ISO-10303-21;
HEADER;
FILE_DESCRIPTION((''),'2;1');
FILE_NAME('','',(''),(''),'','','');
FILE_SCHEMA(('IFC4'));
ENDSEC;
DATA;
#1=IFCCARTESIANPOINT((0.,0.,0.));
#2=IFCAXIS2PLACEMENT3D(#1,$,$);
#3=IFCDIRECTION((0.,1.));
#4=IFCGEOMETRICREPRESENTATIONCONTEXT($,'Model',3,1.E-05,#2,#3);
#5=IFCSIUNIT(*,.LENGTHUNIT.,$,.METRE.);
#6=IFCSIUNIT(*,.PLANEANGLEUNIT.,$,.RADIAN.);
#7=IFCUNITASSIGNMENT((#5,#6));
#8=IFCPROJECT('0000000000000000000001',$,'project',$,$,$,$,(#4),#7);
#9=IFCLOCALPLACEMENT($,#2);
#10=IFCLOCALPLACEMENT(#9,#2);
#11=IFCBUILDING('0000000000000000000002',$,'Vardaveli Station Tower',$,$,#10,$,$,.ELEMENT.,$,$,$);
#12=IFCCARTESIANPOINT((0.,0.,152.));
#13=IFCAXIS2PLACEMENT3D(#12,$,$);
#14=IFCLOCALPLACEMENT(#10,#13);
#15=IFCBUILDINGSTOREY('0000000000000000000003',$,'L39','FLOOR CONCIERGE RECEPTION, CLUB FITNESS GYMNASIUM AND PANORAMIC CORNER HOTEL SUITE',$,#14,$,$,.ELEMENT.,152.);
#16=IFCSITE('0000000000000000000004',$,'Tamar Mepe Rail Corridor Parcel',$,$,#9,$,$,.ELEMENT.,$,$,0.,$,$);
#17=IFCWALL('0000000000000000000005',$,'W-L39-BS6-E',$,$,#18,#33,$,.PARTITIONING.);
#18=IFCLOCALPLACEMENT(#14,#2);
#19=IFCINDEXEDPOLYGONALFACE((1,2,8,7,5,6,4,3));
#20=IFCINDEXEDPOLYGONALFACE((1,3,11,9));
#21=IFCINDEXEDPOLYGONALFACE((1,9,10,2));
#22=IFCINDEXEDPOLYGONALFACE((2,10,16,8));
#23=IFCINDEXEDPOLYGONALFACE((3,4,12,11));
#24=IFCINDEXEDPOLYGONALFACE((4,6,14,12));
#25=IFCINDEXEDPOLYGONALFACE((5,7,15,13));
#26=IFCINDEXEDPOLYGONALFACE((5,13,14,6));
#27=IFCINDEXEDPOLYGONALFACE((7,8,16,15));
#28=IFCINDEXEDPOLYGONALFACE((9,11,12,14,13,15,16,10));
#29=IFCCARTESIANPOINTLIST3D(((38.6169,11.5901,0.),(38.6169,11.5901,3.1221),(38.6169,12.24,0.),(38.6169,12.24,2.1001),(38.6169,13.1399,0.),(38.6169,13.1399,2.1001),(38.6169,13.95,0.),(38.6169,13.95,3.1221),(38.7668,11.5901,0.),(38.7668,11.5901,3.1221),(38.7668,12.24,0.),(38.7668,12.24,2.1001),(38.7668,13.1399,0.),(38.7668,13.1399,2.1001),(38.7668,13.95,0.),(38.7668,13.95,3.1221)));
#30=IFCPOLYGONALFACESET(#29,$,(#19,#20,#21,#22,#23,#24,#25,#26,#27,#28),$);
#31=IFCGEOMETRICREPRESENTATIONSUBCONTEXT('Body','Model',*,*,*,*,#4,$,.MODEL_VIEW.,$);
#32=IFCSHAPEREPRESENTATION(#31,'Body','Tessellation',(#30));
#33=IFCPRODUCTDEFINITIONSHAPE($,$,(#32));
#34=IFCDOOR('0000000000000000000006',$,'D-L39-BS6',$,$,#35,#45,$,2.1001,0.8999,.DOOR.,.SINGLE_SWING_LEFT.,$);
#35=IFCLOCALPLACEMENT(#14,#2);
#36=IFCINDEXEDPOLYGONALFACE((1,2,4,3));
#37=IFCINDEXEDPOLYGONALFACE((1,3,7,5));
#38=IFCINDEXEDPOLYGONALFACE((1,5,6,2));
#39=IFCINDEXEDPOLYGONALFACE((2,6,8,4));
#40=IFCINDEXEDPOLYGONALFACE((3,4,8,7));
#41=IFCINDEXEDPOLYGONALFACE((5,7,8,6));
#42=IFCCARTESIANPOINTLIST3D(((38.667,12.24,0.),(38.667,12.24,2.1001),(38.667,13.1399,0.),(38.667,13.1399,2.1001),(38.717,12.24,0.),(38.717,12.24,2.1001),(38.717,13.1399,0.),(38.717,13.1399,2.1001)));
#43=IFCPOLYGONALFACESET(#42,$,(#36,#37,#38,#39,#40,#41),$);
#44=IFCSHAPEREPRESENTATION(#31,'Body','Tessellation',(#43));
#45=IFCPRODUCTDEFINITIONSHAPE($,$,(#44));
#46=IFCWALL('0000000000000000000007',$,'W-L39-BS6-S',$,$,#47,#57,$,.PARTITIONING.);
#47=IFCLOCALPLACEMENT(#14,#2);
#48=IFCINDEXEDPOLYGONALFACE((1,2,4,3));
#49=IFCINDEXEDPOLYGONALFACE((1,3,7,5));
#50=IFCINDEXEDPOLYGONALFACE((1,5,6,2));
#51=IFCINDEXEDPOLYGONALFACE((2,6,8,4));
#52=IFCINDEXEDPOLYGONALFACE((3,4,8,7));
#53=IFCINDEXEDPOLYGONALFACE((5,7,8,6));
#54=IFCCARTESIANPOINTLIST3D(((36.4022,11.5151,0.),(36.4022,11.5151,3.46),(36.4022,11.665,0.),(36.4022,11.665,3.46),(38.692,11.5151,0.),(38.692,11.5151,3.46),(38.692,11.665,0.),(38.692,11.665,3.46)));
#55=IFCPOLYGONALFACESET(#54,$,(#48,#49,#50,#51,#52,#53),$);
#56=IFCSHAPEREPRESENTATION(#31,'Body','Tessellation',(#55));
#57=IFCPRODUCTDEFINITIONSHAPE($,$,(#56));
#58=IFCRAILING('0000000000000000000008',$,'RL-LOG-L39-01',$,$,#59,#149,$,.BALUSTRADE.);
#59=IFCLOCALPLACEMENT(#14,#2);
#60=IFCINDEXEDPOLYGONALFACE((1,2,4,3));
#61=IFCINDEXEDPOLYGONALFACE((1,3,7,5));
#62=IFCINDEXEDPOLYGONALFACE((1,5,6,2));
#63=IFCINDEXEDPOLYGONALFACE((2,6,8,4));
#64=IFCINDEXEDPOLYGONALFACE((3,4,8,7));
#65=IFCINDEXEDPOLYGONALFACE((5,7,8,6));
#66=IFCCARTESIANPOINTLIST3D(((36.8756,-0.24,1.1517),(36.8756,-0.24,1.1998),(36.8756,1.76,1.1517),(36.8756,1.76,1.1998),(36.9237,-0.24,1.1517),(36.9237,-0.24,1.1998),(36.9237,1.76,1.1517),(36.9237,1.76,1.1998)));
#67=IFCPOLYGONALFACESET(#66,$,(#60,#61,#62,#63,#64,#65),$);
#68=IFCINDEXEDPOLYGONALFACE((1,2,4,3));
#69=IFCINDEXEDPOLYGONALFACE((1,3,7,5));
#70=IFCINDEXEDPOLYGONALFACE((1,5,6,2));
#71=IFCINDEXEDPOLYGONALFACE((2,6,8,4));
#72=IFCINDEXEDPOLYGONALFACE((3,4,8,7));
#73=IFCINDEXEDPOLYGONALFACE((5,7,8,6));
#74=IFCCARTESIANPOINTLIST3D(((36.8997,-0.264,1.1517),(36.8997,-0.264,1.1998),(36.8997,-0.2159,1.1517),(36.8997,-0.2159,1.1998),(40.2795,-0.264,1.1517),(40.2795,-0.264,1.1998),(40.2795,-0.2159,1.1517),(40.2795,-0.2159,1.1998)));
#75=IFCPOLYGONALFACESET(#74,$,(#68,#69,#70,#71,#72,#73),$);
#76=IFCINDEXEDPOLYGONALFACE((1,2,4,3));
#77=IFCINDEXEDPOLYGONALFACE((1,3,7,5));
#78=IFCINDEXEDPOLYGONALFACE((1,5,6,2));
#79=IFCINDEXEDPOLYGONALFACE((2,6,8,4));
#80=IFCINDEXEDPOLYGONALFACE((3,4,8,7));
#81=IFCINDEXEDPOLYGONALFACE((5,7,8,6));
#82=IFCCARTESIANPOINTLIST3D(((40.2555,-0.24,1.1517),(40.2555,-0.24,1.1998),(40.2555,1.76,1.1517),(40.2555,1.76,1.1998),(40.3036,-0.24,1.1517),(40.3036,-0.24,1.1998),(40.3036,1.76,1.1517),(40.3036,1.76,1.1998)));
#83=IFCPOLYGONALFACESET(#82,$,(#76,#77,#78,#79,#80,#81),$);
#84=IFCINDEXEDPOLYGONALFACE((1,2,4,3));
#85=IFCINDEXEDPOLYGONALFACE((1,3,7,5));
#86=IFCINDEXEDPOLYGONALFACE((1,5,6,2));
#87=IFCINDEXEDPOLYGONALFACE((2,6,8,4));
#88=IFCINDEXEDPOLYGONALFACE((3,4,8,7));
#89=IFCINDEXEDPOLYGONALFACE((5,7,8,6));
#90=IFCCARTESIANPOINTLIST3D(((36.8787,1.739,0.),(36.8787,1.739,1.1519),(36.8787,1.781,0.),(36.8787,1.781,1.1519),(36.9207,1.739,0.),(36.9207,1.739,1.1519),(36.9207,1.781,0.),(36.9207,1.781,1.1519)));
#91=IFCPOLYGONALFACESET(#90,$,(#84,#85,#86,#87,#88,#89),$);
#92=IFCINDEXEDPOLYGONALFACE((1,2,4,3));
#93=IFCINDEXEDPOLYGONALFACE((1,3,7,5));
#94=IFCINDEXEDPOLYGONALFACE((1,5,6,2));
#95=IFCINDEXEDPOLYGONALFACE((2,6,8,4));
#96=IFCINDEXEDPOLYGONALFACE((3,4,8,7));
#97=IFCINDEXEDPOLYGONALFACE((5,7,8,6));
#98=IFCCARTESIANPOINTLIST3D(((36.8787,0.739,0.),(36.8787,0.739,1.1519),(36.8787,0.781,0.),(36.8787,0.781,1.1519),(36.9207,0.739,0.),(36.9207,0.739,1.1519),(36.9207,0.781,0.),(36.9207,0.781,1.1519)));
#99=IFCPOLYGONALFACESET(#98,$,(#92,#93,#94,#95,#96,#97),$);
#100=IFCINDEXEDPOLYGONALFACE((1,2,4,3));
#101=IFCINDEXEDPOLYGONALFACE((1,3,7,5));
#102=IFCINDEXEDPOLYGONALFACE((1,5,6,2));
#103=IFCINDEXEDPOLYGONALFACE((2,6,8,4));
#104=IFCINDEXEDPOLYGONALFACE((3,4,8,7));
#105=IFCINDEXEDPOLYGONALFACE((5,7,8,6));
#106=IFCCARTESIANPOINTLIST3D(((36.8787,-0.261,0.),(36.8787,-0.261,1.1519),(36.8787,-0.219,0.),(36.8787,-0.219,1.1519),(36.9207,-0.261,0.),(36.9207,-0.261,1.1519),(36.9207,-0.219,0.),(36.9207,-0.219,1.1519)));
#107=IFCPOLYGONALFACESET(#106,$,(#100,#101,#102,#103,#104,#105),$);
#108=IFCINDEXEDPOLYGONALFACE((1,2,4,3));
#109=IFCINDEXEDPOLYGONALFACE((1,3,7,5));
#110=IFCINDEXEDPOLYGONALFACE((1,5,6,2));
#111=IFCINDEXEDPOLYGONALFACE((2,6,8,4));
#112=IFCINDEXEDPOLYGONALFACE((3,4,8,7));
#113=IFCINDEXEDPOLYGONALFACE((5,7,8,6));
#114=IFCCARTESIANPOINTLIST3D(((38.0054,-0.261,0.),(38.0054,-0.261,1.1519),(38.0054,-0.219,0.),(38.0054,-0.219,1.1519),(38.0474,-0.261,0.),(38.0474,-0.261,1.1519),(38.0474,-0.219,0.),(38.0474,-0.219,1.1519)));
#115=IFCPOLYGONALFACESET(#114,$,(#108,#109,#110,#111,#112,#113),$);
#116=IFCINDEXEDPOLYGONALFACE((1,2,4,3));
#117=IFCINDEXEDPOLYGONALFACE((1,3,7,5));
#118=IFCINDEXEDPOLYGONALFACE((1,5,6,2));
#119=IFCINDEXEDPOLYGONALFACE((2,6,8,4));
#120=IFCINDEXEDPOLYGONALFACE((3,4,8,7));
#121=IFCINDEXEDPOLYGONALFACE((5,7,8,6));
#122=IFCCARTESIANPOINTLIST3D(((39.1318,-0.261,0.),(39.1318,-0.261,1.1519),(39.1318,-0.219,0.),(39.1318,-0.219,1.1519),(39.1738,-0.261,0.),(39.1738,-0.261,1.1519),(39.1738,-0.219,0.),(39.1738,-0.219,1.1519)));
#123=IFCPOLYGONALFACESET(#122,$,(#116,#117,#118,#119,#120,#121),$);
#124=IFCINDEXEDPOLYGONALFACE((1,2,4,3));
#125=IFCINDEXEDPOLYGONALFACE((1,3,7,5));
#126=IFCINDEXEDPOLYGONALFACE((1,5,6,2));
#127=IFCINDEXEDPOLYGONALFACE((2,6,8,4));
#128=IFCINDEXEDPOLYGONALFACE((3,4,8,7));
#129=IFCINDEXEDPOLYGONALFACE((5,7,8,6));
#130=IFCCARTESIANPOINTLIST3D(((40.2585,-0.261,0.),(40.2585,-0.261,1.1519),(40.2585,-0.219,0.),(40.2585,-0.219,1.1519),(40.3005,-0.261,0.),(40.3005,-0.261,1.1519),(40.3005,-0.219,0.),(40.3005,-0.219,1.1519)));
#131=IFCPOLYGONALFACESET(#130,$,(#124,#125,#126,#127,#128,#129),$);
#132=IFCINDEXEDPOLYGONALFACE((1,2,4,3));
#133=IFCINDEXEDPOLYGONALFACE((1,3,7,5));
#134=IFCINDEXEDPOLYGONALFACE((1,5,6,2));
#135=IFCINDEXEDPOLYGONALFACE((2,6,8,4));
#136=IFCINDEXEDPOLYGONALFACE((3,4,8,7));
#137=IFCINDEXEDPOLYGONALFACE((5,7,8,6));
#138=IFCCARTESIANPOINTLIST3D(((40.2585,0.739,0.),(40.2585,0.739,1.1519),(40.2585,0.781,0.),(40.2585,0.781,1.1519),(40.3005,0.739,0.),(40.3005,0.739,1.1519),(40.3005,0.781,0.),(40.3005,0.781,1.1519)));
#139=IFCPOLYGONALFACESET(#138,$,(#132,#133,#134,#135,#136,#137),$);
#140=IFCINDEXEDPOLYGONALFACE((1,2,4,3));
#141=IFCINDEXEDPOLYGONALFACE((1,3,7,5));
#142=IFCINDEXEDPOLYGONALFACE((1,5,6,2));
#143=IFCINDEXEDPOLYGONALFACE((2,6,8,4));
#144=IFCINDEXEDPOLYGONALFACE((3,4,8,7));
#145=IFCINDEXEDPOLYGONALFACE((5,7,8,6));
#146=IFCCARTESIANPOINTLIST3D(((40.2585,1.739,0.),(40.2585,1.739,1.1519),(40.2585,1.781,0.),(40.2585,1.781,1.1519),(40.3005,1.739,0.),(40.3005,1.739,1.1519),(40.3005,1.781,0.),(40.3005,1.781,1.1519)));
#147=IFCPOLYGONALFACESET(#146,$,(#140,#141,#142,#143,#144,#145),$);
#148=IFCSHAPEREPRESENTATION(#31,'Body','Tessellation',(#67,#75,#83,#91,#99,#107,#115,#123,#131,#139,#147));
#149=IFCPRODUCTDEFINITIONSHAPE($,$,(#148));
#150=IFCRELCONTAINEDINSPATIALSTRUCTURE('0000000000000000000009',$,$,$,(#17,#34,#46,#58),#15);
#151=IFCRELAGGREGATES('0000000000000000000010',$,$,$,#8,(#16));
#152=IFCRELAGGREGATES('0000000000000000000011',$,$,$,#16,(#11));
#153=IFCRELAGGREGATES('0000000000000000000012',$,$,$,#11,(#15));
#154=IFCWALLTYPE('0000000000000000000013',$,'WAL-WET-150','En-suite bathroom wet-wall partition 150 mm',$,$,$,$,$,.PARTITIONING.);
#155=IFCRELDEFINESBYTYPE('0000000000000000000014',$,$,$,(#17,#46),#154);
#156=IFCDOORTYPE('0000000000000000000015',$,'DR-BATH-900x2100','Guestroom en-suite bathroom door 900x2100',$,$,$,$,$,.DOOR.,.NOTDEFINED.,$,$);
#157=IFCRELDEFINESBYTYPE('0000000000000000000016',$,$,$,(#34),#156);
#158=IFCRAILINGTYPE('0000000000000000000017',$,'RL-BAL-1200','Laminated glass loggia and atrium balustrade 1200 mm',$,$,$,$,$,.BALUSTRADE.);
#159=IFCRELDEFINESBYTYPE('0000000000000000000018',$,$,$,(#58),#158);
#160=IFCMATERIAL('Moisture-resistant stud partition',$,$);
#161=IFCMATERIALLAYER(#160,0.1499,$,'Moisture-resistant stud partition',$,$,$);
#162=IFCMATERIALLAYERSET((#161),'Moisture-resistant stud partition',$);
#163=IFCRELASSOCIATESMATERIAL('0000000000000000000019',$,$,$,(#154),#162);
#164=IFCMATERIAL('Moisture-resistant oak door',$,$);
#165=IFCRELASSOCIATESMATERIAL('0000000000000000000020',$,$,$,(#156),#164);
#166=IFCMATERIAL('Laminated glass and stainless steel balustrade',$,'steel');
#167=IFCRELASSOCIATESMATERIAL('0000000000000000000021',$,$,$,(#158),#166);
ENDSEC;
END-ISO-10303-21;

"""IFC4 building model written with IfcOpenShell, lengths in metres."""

from ifc_helpers import new_model, si_unit, direction, frame, frame_2d, origin, origin_2d, place, context, subcontext, project, spatial, rectangle, extrude, source, transform, mapped, material, layer, layer_set, type_object, element, fill, save


model = new_model("IFC4")

# Units and contexts
model_context = context("Model", 3, precision=1e-05, world=origin(), true_north=direction((0.0, 1.0)))
body_context = subcontext(model_context, "Body", "Model", "MODEL_VIEW")
ifc_project = project(units=[si_unit("LENGTHUNIT", "METRE"), si_unit("PLANEANGLEUNIT", "RADIAN")], contexts=[model_context])

# Site, building, storey
site_placement = place(None, origin())
site = spatial("IfcSite", under=ifc_project, at=site_placement, Name="Tamar Mepe Rail Corridor Parcel", CompositionType="ELEMENT", RefElevation=0.0)
building_placement = place(site_placement, origin())
building = spatial("IfcBuilding", under=site, at=building_placement, Name="Vardaveli Station Tower", CompositionType="ELEMENT")
storey_placement = place(building_placement, frame((0.0, 0.0, 152.0)))
storey = spatial("IfcBuildingStorey", under=building, at=storey_placement, Name="L39", Description="FLOOR CONCIERGE RECEPTION, CLUB FITNESS GYMNASIUM AND PANORAMIC CORNER HOTEL SUITE", CompositionType="ELEMENT", Elevation=152.0)

# Wall, opening, door
ifc_material_1 = material(Name="Moisture-resistant stud partition")
ifc_layer_1 = layer(ifc_material_1, 0.1499, Name="Moisture-resistant stud partition")
ifc_layer_set_1 = layer_set([ifc_layer_1], Name="Moisture-resistant stud partition")
wall_type_1 = type_object("IfcWallType", Name="WAL-WET-150", Description="En-suite bathroom wet-wall partition 150 mm", PredefinedType="PARTITIONING", material=ifc_layer_set_1)
shared_shape_1 = source(origin(), body_context, "Body", "SweptSolid", [
    extrude(rectangle(XDim=2.3599, YDim=0.1499, at=frame_2d((1.1799, 0.0))), origin(), (0.0, 0.0, 1.0), 3.1221),
])
wall_1_placement = place(storey_placement, frame((38.6919, 11.5901, 0.0), z_axis=(0.0, 0.0, 1.0), x_axis=(0.0, 1.0, 0.0)))
wall_1 = element("IfcWall", 1, at=wall_1_placement, inside=storey, type_object=wall_type_1, Name="W-L39-BS6-E", PredefinedType="PARTITIONING", context=body_context, shape_type="MappedRepresentation", body=[
    mapped(shared_shape_1, transform((0.0, 0.0, 0.0), scale=1.0)),
])
shared_shape_2 = source(origin(), body_context, "Body", "SweptSolid", [
    extrude(rectangle(XDim=0.8999, YDim=2.1001, at=frame_2d((0.45, 1.05))), frame((0.0, 0.085, 0.0), z_axis=(0.0, -1.0, 0.0), x_axis=(1.0, 0.0, 0.0)), (0.0, 0.0, 1.0), 0.1699),
])
opening_1_placement = place(wall_1_placement, frame((0.6499, 0.0, 0.0)))
opening_1 = element("IfcOpeningElement", 2, at=opening_1_placement, cuts=wall_1, PredefinedType="OPENING", context=body_context, shape_type="MappedRepresentation", body=[
    mapped(shared_shape_2, transform((0.0, 0.0, 0.0), scale=1.0)),
])
ifc_material_2 = material(Name="Moisture-resistant oak door")
door_type_1 = type_object("IfcDoorType", Name="DR-BATH-900x2100", Description="Guestroom en-suite bathroom door 900x2100", OperationType="NOTDEFINED", PredefinedType="DOOR", material=ifc_material_2)
shared_shape_3 = source(origin(), body_context, "Body", "SweptSolid", [
    extrude(rectangle(XDim=0.8999, YDim=2.1001, at=frame_2d((0.45, 1.05))), frame((0.0, 0.0249, 0.0), z_axis=(0.0, -1.0, 0.0), x_axis=(1.0, 0.0, 0.0)), (0.0, 0.0, 1.0), 0.05),
])
door_1_placement = place(opening_1_placement, origin())
door_1 = element("IfcDoor", 3, at=door_1_placement, inside=storey, type_object=door_type_1, Name="D-L39-BS6", OperationType="SINGLE_SWING_LEFT", OverallHeight=2.1001, OverallWidth=0.8999, PredefinedType="DOOR", context=body_context, shape_type="MappedRepresentation", body=[
    mapped(shared_shape_3, transform((0.0, 0.0, 0.0), scale=1.0)),
])
fill(opening_1, door_1)

# Wall
shared_shape_4 = source(origin(), body_context, "Body", "SweptSolid", [
    extrude(rectangle(XDim=2.2898, YDim=0.1499, at=frame_2d((1.145, 0.0))), origin(), (0.0, 0.0, 1.0), 3.46),
])
wall_2_placement = place(storey_placement, frame((36.4021, 11.5901, 0.0), z_axis=(0.0, 0.0, 1.0), x_axis=(1.0, 0.0, 0.0)))
element("IfcWall", 4, at=wall_2_placement, inside=storey, type_object=wall_type_1, Name="W-L39-BS6-S", PredefinedType="PARTITIONING", context=body_context, shape_type="MappedRepresentation", body=[
    mapped(shared_shape_4, transform((0.0, 0.0, 0.0), scale=1.0)),
])

# Railing
ifc_material_3 = material(Name="Laminated glass and stainless steel balustrade", Category="steel")
railing_type = type_object("IfcRailingType", Name="RL-BAL-1200", Description="Laminated glass loggia and atrium balustrade 1200 mm", PredefinedType="BALUSTRADE", material=ifc_material_3)
shared_shape_5 = source(origin(), body_context, "Body", "SweptSolid", [
    extrude(rectangle(XDim=0.0481, YDim=0.0481, at=origin_2d()), frame((0.0, 0.0, 1.1758), z_axis=(0.0, -1.0, 0.0), x_axis=(1.0, 0.0, 0.0)), (0.0, 0.0, 1.0), 2.0),
    extrude(rectangle(XDim=0.0481, YDim=0.0481, at=origin_2d()), frame((0.0, -2.0, 1.1758), z_axis=(1.0, 0.0, 0.0), x_axis=(0.0, 1.0, 0.0)), (0.0, 0.0, 1.0), 3.3799),
    extrude(rectangle(XDim=0.0481, YDim=0.0481, at=origin_2d()), frame((3.3799, -2.0, 1.1758), z_axis=(0.0, 1.0, 0.0), x_axis=(-1.0, 0.0, 0.0)), (0.0, 0.0, 1.0), 2.0),
    extrude(rectangle(XDim=0.042, YDim=0.042, at=origin_2d()), origin(), (0.0, 0.0, 1.0), 1.1519),
    extrude(rectangle(XDim=0.042, YDim=0.042, at=origin_2d()), frame((0.0, -1.0, 0.0)), (0.0, 0.0, 1.0), 1.1519),
    extrude(rectangle(XDim=0.042, YDim=0.042, at=origin_2d()), frame((0.0, -2.0, 0.0)), (0.0, 0.0, 1.0), 1.1519),
    extrude(rectangle(XDim=0.042, YDim=0.042, at=origin_2d()), frame((1.1267, -2.0, 0.0)), (0.0, 0.0, 1.0), 1.1519),
    extrude(rectangle(XDim=0.042, YDim=0.042, at=origin_2d()), frame((2.2532, -2.0, 0.0)), (0.0, 0.0, 1.0), 1.1519),
    extrude(rectangle(XDim=0.042, YDim=0.042, at=origin_2d()), frame((3.3799, -2.0, 0.0)), (0.0, 0.0, 1.0), 1.1519),
    extrude(rectangle(XDim=0.042, YDim=0.042, at=origin_2d()), frame((3.3799, -1.0, 0.0)), (0.0, 0.0, 1.0), 1.1519),
    extrude(rectangle(XDim=0.042, YDim=0.042, at=origin_2d()), frame((3.3799, 0.0, 0.0)), (0.0, 0.0, 1.0), 1.1519),
])
railing_placement = place(storey_placement, frame((36.8997, 1.76, 0.0)))
element("IfcRailing", 5, at=railing_placement, inside=storey, type_object=railing_type, Name="RL-LOG-L39-01", PredefinedType="BALUSTRADE", context=body_context, shape_type="MappedRepresentation", body=[
    mapped(shared_shape_5, transform((0.0, 0.0, 0.0), scale=1.0)),
])

save(model, "model.ifc")
